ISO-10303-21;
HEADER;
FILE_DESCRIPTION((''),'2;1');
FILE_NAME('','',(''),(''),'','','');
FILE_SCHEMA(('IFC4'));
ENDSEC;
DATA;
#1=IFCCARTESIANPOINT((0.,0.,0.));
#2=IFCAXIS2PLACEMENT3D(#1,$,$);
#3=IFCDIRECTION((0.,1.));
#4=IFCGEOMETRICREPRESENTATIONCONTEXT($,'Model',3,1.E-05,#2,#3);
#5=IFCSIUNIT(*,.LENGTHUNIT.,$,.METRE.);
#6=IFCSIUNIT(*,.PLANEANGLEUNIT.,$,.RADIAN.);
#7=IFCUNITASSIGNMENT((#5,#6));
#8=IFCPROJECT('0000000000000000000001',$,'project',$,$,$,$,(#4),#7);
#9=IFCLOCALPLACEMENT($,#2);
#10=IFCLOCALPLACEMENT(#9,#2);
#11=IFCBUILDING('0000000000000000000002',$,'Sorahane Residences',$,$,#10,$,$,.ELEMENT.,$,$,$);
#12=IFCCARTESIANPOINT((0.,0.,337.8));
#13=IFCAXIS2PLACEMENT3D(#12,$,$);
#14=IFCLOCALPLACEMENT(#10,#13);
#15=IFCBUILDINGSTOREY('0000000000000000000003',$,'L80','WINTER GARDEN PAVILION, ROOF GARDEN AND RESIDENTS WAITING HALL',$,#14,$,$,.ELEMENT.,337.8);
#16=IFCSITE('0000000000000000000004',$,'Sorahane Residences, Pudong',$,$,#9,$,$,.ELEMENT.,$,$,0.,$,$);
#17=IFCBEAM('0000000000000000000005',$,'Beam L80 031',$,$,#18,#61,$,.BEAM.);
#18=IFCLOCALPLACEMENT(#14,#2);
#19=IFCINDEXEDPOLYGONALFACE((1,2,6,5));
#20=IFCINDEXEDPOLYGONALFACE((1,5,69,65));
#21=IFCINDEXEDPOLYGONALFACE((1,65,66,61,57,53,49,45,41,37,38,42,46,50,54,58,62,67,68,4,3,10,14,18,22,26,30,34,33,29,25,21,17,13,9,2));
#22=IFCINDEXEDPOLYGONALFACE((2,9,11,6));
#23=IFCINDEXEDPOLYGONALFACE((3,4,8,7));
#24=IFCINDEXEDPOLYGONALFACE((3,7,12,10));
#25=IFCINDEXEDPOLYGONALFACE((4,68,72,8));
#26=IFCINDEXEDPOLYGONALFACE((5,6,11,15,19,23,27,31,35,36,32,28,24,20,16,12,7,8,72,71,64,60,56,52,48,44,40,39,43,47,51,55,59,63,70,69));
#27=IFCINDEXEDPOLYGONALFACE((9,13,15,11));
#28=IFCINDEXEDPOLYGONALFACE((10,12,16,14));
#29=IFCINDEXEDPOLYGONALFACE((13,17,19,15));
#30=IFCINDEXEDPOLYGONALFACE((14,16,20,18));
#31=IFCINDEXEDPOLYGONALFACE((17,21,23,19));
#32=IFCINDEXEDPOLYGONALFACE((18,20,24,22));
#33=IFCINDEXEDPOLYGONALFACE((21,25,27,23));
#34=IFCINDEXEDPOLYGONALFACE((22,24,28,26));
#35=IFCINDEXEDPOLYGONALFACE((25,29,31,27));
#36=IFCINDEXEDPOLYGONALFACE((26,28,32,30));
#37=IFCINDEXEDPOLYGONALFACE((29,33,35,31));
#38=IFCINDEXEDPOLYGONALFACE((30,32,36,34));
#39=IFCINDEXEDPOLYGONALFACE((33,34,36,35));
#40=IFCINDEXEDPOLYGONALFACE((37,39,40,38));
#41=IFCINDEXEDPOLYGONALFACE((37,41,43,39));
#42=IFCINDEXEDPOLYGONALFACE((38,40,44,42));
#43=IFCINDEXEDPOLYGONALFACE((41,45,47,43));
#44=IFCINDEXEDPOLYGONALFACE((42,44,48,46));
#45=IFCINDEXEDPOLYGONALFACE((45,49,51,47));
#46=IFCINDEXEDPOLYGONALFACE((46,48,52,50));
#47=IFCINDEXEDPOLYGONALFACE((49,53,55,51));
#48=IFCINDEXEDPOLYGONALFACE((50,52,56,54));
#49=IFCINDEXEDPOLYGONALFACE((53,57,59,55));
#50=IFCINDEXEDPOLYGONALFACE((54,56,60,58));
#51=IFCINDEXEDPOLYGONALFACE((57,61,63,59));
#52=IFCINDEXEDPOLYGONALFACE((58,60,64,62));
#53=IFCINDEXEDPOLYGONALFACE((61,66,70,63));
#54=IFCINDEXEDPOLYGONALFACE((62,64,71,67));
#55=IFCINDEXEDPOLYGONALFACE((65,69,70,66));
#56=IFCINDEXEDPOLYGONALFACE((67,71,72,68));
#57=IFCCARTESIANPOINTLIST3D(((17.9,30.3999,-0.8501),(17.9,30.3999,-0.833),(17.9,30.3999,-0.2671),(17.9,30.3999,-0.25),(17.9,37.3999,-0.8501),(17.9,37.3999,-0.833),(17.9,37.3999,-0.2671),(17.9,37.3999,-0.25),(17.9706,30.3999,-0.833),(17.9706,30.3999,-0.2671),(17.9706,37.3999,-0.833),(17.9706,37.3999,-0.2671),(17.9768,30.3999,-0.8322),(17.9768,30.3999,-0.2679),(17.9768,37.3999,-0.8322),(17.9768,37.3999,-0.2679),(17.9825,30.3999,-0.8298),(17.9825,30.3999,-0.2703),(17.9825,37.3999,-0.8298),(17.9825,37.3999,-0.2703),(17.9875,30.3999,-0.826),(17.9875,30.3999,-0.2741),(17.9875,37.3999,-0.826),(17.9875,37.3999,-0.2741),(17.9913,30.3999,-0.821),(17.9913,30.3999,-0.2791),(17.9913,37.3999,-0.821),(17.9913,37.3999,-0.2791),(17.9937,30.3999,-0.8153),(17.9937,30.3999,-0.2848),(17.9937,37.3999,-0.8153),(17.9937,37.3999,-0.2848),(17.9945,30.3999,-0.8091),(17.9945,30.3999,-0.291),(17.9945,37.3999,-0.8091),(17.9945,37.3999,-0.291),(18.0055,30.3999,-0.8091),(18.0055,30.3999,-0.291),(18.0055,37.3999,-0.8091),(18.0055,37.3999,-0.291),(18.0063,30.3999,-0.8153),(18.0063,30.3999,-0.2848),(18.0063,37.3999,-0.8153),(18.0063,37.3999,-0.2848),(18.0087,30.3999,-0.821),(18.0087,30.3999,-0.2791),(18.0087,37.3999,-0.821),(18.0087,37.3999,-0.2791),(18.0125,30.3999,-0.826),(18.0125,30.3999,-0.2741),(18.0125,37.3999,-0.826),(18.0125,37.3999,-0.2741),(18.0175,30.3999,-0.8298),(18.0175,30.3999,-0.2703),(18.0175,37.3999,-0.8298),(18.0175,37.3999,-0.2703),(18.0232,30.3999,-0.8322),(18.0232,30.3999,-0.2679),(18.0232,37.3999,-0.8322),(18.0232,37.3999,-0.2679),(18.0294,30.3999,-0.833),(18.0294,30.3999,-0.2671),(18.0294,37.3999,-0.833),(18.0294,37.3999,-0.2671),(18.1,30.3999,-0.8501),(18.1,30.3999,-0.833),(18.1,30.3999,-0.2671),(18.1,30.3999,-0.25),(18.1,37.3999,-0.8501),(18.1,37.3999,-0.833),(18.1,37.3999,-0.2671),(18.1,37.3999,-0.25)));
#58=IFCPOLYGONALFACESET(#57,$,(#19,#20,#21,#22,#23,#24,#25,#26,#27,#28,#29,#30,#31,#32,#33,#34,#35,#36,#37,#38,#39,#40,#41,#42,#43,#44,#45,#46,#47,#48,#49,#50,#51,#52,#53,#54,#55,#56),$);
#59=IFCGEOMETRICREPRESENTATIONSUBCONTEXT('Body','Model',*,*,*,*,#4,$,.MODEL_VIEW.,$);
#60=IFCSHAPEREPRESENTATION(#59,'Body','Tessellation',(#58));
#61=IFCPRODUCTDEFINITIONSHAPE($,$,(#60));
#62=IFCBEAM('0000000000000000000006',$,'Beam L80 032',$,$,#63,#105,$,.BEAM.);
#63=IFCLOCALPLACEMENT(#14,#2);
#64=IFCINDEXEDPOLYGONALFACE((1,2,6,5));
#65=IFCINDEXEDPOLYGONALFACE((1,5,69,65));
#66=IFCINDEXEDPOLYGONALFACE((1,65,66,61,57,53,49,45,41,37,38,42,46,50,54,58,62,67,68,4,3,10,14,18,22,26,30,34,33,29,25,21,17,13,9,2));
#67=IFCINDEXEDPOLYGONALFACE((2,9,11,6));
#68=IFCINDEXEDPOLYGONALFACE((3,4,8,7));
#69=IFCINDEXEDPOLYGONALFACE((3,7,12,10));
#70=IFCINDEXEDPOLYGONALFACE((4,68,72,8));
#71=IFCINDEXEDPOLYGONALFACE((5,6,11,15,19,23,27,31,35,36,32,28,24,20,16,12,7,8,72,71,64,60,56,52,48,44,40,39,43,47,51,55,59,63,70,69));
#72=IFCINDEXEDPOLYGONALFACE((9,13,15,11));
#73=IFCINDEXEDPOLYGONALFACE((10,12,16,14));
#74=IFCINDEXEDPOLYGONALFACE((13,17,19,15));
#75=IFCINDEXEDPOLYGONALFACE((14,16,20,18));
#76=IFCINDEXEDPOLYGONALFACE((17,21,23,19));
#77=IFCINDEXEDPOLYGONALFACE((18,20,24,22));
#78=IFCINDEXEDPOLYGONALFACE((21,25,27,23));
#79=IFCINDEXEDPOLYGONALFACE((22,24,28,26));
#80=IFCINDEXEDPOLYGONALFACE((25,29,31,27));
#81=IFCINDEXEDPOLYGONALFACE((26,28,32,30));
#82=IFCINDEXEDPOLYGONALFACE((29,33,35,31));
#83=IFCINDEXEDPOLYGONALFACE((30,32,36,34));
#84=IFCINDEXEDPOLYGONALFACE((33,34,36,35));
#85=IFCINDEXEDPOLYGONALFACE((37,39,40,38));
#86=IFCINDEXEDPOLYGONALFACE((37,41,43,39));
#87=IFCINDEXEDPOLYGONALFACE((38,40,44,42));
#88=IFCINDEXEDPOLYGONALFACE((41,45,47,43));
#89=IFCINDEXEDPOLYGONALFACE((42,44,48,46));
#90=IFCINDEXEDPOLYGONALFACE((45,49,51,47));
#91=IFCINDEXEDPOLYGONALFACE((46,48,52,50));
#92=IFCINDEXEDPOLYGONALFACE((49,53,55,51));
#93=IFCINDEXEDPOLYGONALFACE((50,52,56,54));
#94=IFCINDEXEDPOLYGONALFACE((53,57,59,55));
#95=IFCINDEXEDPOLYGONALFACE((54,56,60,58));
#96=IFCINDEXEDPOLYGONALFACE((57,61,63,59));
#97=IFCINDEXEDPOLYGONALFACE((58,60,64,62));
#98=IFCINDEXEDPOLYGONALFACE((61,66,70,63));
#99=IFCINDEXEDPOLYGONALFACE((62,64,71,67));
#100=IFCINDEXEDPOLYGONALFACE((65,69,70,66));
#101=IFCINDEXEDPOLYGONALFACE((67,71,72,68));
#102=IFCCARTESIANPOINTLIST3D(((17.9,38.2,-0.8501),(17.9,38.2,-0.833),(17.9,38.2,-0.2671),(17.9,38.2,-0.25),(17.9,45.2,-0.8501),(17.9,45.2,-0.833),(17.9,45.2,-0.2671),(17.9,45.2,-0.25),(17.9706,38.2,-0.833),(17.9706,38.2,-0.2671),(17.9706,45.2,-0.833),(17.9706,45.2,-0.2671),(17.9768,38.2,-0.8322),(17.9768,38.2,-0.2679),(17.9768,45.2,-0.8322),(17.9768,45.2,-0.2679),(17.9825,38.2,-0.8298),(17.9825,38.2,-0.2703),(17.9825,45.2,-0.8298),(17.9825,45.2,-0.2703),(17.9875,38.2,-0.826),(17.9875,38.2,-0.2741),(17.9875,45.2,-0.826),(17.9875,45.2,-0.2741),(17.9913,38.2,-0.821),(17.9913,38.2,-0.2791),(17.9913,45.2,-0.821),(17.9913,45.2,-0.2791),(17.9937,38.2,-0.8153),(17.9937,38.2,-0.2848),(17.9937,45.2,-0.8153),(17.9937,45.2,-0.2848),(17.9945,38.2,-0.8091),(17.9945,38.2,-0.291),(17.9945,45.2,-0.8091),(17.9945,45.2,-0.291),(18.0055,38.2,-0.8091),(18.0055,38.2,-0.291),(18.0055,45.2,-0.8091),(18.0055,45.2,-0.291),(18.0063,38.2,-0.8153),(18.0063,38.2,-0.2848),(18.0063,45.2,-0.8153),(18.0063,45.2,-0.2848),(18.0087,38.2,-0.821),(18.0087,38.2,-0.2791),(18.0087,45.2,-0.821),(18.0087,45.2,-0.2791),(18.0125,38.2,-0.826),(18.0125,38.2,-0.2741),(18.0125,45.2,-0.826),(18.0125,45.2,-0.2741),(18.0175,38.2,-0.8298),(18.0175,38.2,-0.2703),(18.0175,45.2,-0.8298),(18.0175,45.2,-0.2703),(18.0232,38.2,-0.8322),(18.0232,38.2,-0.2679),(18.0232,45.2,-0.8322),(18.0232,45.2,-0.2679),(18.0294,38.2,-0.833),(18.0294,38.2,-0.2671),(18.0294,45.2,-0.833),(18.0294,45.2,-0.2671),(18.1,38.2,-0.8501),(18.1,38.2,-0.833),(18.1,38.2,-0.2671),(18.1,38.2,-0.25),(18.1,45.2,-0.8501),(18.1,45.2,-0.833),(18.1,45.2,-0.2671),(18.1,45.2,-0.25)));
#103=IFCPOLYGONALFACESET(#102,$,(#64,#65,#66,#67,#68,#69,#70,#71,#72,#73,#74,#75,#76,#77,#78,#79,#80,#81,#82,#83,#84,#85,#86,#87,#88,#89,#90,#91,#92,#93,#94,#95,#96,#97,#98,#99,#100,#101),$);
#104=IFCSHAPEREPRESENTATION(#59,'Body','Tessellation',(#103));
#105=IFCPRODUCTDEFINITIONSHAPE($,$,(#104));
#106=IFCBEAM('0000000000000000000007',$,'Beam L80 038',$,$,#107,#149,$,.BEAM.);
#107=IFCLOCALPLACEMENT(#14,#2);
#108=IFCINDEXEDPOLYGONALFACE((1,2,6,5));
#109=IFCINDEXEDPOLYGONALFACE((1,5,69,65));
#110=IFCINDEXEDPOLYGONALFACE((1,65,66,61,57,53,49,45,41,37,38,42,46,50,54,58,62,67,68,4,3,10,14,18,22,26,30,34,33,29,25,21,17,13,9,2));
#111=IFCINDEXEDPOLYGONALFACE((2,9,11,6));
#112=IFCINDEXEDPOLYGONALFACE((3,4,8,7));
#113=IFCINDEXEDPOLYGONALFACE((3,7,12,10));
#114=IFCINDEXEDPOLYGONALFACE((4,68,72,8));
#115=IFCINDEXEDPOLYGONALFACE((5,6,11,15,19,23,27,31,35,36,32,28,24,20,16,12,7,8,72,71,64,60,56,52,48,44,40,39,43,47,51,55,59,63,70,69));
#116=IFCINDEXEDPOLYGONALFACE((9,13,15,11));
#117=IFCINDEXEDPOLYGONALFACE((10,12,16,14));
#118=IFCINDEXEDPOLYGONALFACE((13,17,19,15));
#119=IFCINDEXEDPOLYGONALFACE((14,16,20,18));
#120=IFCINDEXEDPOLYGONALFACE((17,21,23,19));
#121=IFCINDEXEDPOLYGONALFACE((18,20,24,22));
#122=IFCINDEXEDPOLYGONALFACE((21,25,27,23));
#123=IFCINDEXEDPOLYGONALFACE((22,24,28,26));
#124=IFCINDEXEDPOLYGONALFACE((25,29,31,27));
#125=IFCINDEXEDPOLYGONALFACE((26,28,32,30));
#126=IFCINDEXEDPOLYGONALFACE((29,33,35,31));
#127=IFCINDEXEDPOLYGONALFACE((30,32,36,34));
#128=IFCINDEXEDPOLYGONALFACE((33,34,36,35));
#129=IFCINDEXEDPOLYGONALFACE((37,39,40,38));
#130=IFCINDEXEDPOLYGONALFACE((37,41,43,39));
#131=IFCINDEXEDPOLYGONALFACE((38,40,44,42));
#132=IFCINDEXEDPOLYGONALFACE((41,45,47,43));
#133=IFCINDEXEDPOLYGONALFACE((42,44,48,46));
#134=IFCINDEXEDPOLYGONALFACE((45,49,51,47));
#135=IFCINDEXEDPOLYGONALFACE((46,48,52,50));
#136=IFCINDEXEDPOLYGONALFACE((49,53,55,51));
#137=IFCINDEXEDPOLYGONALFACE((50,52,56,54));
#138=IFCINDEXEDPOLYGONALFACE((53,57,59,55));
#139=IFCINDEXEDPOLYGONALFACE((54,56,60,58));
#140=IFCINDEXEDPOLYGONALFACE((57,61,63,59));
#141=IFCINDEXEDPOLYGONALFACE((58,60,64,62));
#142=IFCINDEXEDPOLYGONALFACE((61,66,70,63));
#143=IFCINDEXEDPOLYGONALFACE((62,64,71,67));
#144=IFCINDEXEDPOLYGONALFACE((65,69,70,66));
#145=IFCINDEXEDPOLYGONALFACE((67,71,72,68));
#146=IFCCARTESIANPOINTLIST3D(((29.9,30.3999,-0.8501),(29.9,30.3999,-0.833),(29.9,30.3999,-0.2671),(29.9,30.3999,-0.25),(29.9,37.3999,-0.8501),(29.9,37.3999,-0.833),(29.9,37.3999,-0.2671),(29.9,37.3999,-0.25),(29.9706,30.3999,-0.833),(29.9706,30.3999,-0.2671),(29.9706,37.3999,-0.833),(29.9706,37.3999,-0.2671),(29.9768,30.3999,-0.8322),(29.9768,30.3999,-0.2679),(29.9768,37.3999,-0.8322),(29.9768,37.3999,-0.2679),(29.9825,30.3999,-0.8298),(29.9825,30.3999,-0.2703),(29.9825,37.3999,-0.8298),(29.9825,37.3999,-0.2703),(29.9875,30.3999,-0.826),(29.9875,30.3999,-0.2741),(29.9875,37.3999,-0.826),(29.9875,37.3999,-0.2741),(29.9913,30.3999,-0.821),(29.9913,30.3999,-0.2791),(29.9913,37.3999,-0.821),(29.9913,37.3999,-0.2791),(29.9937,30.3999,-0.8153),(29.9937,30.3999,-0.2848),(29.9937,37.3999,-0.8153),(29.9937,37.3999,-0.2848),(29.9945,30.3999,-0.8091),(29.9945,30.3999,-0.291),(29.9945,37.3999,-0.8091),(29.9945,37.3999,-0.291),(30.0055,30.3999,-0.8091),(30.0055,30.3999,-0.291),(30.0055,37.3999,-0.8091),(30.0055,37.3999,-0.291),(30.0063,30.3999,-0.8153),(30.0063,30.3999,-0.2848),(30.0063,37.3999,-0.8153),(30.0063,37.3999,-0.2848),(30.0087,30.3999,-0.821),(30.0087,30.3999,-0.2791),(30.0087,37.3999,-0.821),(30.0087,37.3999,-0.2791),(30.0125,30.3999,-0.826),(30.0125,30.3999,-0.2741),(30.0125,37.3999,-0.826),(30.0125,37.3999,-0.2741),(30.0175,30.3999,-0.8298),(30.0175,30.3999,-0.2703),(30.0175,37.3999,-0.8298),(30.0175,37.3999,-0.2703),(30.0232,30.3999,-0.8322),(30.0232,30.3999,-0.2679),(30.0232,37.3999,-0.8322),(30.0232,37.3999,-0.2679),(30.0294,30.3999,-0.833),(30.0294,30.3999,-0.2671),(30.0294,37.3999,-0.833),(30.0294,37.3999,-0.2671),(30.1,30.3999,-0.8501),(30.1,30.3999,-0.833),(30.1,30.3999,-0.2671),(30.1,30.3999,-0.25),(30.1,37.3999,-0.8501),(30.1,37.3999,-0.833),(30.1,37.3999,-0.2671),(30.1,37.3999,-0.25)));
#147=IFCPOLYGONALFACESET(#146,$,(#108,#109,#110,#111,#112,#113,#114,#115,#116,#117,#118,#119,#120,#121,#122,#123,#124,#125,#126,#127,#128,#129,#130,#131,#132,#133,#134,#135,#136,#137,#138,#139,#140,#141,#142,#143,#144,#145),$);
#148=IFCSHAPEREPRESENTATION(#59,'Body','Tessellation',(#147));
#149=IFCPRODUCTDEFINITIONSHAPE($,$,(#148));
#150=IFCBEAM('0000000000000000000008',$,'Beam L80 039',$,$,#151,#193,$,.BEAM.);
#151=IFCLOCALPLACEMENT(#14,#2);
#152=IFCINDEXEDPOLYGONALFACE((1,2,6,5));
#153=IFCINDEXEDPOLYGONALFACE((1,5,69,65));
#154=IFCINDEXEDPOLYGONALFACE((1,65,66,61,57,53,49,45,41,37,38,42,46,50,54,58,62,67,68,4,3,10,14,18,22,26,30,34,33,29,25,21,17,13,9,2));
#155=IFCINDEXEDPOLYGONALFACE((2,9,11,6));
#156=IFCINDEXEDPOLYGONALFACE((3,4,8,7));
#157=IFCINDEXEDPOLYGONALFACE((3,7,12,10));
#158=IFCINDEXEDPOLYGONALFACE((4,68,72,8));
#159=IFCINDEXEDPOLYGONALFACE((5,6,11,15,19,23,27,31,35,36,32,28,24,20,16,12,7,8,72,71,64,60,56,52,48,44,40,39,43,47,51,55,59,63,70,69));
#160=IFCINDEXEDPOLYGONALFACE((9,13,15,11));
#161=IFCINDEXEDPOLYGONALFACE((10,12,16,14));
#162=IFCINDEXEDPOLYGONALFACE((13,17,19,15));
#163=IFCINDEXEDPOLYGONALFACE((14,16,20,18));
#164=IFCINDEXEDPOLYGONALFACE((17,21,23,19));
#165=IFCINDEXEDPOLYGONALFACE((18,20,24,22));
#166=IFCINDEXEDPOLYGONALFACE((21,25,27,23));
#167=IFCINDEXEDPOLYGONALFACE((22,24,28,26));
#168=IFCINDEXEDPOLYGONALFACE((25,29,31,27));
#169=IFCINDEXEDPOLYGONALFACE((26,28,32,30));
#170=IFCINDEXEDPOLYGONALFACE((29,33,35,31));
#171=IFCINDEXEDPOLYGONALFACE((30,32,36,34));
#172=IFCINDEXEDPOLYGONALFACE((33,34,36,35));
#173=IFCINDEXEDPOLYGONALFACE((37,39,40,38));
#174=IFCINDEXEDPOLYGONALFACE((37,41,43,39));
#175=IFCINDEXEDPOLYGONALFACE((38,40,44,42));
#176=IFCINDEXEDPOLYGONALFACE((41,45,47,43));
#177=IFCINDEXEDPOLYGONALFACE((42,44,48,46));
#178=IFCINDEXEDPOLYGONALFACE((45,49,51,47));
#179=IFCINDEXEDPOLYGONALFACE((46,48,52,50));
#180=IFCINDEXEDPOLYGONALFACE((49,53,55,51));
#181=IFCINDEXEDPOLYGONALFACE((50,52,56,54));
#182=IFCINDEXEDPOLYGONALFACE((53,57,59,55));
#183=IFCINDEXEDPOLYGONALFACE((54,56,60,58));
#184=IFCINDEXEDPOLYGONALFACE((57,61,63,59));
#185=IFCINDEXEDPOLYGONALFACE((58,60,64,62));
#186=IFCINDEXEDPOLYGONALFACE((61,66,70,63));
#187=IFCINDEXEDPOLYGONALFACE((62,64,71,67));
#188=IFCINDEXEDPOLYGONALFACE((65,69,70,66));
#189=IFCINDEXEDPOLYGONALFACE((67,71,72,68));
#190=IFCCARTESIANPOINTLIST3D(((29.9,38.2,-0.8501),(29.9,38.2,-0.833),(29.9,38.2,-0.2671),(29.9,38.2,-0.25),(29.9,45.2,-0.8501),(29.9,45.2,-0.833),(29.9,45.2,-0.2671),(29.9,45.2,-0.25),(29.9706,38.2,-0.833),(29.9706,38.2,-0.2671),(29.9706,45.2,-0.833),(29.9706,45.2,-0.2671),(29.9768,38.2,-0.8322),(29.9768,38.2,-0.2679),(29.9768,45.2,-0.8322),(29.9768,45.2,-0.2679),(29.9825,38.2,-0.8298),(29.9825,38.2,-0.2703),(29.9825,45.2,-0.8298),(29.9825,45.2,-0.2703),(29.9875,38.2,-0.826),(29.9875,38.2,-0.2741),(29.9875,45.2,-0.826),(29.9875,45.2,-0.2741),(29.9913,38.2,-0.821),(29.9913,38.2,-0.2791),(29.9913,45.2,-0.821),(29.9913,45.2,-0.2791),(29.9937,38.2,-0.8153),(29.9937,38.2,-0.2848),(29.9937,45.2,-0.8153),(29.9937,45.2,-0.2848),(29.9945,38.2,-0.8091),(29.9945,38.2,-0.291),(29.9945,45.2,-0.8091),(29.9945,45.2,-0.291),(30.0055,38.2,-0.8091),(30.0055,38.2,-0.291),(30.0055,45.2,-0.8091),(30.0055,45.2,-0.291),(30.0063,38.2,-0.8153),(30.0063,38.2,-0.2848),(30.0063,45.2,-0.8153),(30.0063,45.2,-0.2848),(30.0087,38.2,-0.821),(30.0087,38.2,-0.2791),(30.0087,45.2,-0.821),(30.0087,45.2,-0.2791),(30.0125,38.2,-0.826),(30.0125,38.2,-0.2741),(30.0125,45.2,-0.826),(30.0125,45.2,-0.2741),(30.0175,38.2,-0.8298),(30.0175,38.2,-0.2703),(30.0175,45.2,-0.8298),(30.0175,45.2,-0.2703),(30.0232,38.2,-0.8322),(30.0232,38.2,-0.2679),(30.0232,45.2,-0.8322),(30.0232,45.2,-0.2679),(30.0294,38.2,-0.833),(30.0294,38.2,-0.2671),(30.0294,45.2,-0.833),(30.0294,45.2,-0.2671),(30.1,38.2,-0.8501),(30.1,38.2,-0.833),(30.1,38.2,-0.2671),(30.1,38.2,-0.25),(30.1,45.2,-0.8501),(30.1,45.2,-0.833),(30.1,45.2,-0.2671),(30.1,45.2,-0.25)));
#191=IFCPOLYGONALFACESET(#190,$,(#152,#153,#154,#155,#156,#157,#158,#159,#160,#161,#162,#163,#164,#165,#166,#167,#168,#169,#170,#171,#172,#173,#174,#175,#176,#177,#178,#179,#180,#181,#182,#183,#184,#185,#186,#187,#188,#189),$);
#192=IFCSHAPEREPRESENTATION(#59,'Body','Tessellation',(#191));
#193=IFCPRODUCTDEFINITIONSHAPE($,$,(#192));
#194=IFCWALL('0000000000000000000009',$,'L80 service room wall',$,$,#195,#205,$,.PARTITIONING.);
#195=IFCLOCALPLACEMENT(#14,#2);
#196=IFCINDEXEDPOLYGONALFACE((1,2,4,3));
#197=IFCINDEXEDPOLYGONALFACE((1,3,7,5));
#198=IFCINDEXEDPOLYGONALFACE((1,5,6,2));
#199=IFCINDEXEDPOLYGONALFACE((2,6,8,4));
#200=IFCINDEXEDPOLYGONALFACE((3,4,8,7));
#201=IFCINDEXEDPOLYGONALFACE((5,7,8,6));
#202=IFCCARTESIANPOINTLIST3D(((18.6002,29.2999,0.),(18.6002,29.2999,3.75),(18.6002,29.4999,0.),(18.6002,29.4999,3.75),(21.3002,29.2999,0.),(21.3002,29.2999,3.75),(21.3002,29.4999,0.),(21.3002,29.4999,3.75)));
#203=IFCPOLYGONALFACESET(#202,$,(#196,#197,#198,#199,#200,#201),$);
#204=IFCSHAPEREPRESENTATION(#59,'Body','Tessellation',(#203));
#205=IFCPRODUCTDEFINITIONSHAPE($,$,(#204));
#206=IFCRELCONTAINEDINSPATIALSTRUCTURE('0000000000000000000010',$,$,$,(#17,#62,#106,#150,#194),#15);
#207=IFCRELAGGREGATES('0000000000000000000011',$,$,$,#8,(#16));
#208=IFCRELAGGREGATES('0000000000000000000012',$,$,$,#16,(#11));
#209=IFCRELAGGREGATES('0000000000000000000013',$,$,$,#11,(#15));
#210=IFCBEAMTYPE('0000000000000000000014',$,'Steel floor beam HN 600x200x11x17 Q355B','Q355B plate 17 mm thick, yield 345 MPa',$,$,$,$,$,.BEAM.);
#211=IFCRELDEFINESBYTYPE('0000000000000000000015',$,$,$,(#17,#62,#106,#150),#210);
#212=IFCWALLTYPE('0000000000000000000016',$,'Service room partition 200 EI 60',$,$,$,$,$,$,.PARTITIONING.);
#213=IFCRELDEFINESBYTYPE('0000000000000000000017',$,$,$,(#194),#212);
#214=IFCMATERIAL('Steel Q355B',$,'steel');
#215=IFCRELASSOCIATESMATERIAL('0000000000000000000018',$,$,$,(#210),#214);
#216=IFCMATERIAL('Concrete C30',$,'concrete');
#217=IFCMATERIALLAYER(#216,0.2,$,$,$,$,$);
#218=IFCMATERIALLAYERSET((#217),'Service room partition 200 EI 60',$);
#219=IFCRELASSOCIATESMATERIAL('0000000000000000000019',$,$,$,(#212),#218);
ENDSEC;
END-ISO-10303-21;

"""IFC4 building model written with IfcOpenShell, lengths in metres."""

from ifc_helpers import new_model, si_unit, direction, frame, frame_2d, origin, origin_2d, place, context, subcontext, project, spatial, rectangle, i_section, extrude, material, layer, layer_set, material_profile, profile_set, type_object, element, save


model = new_model("IFC4")

# Units and contexts
model_context = context("Model", 3, precision=1e-05, world=origin(), true_north=direction((0.0, 1.0)))
body_context = subcontext(model_context, "Body", "Model", "MODEL_VIEW")
ifc_project = project(units=[si_unit("LENGTHUNIT", "METRE"), si_unit("PLANEANGLEUNIT", "RADIAN")], contexts=[model_context])

# Site, building, storey
site_placement = place(None, origin())
site = spatial("IfcSite", under=ifc_project, at=site_placement, Name="Sorahane Residences, Pudong", CompositionType="ELEMENT", RefElevation=0.0)
building_placement = place(site_placement, origin())
building = spatial("IfcBuilding", under=site, at=building_placement, Name="Sorahane Residences", CompositionType="ELEMENT")
storey_placement = place(building_placement, frame((0.0, 0.0, 337.8)))
storey = spatial("IfcBuildingStorey", under=building, at=storey_placement, Name="L80", Description="WINTER GARDEN PAVILION, ROOF GARDEN AND RESIDENTS WAITING HALL", CompositionType="ELEMENT", Elevation=337.8)

# Beams
ifc_material_1 = material(Name="Steel Q355B", Category="steel")
ifc_material_profile_1 = material_profile(ifc_material_1, i_section(OverallWidth=0.2, OverallDepth=0.6001, WebThickness=0.011, FlangeThickness=0.0171, FilletRadius=0.0239, at=origin_2d()), Name="HN 600x200x11x17")
ifc_profile_set_1 = profile_set([ifc_material_profile_1], Name="Steel Q355B")
beam_type = type_object("IfcBeamType", Name="Steel floor beam HN 600x200x11x17 Q355B", Description="Q355B plate 17 mm thick, yield 345 MPa", PredefinedType="BEAM", material=ifc_profile_set_1)
for number, where, z_axis, x_axis, name in (
    (1, (18.0, 30.3999, -0.55), (0.0, 1.0, 0.0), (-1.0, 0.0, 0.0), "Beam L80 031"),
    (2, (18.0, 38.2, -0.55), (0.0, 1.0, 0.0), (-1.0, 0.0, 0.0), "Beam L80 032"),
    (3, (30.0, 30.3999, -0.55), (0.0, 1.0, 0.0), (-1.0, 0.0, 0.0), "Beam L80 038"),
    (4, (30.0, 38.2, -0.55), (0.0, 1.0, 0.0), (-1.0, 0.0, 0.0), "Beam L80 039"),
):
    element("IfcBeam", number, at=place(storey_placement, frame(where, z_axis=z_axis, x_axis=x_axis)), inside=storey, type_object=beam_type, Name=name, PredefinedType="BEAM", context=body_context, shape_type="SweptSolid", body=[
        extrude(i_section(OverallWidth=0.2, OverallDepth=0.6001, WebThickness=0.011, FlangeThickness=0.0171, FilletRadius=0.0239, at=origin_2d()), origin(), (0.0, 0.0, 1.0), 7.0),
    ])

# Wall
ifc_material_2 = material(Name="Concrete C30", Category="concrete")
ifc_layer_1 = layer(ifc_material_2, 0.2)
ifc_layer_set_1 = layer_set([ifc_layer_1], Name="Service room partition 200 EI 60")
wall_type_1 = type_object("IfcWallType", Name="Service room partition 200 EI 60", PredefinedType="PARTITIONING", material=ifc_layer_set_1)
for number, where, z_axis, x_axis, name in (
    (5, (18.6001, 29.3999, 0.0), (0.0, 0.0, 1.0), (1.0, 0.0, 0.0), "L80 service room wall"),
):
    element("IfcWall", number, at=place(storey_placement, frame(where, z_axis=z_axis, x_axis=x_axis)), inside=storey, type_object=wall_type_1, Name=name, PredefinedType="PARTITIONING", context=body_context, shape_type="SweptSolid", body=[
        extrude(rectangle(XDim=2.7, YDim=0.2, at=frame_2d((1.3501, 0.0))), origin(), (0.0, 0.0, 1.0), 3.75),
    ])

save(model, "model.ifc")
